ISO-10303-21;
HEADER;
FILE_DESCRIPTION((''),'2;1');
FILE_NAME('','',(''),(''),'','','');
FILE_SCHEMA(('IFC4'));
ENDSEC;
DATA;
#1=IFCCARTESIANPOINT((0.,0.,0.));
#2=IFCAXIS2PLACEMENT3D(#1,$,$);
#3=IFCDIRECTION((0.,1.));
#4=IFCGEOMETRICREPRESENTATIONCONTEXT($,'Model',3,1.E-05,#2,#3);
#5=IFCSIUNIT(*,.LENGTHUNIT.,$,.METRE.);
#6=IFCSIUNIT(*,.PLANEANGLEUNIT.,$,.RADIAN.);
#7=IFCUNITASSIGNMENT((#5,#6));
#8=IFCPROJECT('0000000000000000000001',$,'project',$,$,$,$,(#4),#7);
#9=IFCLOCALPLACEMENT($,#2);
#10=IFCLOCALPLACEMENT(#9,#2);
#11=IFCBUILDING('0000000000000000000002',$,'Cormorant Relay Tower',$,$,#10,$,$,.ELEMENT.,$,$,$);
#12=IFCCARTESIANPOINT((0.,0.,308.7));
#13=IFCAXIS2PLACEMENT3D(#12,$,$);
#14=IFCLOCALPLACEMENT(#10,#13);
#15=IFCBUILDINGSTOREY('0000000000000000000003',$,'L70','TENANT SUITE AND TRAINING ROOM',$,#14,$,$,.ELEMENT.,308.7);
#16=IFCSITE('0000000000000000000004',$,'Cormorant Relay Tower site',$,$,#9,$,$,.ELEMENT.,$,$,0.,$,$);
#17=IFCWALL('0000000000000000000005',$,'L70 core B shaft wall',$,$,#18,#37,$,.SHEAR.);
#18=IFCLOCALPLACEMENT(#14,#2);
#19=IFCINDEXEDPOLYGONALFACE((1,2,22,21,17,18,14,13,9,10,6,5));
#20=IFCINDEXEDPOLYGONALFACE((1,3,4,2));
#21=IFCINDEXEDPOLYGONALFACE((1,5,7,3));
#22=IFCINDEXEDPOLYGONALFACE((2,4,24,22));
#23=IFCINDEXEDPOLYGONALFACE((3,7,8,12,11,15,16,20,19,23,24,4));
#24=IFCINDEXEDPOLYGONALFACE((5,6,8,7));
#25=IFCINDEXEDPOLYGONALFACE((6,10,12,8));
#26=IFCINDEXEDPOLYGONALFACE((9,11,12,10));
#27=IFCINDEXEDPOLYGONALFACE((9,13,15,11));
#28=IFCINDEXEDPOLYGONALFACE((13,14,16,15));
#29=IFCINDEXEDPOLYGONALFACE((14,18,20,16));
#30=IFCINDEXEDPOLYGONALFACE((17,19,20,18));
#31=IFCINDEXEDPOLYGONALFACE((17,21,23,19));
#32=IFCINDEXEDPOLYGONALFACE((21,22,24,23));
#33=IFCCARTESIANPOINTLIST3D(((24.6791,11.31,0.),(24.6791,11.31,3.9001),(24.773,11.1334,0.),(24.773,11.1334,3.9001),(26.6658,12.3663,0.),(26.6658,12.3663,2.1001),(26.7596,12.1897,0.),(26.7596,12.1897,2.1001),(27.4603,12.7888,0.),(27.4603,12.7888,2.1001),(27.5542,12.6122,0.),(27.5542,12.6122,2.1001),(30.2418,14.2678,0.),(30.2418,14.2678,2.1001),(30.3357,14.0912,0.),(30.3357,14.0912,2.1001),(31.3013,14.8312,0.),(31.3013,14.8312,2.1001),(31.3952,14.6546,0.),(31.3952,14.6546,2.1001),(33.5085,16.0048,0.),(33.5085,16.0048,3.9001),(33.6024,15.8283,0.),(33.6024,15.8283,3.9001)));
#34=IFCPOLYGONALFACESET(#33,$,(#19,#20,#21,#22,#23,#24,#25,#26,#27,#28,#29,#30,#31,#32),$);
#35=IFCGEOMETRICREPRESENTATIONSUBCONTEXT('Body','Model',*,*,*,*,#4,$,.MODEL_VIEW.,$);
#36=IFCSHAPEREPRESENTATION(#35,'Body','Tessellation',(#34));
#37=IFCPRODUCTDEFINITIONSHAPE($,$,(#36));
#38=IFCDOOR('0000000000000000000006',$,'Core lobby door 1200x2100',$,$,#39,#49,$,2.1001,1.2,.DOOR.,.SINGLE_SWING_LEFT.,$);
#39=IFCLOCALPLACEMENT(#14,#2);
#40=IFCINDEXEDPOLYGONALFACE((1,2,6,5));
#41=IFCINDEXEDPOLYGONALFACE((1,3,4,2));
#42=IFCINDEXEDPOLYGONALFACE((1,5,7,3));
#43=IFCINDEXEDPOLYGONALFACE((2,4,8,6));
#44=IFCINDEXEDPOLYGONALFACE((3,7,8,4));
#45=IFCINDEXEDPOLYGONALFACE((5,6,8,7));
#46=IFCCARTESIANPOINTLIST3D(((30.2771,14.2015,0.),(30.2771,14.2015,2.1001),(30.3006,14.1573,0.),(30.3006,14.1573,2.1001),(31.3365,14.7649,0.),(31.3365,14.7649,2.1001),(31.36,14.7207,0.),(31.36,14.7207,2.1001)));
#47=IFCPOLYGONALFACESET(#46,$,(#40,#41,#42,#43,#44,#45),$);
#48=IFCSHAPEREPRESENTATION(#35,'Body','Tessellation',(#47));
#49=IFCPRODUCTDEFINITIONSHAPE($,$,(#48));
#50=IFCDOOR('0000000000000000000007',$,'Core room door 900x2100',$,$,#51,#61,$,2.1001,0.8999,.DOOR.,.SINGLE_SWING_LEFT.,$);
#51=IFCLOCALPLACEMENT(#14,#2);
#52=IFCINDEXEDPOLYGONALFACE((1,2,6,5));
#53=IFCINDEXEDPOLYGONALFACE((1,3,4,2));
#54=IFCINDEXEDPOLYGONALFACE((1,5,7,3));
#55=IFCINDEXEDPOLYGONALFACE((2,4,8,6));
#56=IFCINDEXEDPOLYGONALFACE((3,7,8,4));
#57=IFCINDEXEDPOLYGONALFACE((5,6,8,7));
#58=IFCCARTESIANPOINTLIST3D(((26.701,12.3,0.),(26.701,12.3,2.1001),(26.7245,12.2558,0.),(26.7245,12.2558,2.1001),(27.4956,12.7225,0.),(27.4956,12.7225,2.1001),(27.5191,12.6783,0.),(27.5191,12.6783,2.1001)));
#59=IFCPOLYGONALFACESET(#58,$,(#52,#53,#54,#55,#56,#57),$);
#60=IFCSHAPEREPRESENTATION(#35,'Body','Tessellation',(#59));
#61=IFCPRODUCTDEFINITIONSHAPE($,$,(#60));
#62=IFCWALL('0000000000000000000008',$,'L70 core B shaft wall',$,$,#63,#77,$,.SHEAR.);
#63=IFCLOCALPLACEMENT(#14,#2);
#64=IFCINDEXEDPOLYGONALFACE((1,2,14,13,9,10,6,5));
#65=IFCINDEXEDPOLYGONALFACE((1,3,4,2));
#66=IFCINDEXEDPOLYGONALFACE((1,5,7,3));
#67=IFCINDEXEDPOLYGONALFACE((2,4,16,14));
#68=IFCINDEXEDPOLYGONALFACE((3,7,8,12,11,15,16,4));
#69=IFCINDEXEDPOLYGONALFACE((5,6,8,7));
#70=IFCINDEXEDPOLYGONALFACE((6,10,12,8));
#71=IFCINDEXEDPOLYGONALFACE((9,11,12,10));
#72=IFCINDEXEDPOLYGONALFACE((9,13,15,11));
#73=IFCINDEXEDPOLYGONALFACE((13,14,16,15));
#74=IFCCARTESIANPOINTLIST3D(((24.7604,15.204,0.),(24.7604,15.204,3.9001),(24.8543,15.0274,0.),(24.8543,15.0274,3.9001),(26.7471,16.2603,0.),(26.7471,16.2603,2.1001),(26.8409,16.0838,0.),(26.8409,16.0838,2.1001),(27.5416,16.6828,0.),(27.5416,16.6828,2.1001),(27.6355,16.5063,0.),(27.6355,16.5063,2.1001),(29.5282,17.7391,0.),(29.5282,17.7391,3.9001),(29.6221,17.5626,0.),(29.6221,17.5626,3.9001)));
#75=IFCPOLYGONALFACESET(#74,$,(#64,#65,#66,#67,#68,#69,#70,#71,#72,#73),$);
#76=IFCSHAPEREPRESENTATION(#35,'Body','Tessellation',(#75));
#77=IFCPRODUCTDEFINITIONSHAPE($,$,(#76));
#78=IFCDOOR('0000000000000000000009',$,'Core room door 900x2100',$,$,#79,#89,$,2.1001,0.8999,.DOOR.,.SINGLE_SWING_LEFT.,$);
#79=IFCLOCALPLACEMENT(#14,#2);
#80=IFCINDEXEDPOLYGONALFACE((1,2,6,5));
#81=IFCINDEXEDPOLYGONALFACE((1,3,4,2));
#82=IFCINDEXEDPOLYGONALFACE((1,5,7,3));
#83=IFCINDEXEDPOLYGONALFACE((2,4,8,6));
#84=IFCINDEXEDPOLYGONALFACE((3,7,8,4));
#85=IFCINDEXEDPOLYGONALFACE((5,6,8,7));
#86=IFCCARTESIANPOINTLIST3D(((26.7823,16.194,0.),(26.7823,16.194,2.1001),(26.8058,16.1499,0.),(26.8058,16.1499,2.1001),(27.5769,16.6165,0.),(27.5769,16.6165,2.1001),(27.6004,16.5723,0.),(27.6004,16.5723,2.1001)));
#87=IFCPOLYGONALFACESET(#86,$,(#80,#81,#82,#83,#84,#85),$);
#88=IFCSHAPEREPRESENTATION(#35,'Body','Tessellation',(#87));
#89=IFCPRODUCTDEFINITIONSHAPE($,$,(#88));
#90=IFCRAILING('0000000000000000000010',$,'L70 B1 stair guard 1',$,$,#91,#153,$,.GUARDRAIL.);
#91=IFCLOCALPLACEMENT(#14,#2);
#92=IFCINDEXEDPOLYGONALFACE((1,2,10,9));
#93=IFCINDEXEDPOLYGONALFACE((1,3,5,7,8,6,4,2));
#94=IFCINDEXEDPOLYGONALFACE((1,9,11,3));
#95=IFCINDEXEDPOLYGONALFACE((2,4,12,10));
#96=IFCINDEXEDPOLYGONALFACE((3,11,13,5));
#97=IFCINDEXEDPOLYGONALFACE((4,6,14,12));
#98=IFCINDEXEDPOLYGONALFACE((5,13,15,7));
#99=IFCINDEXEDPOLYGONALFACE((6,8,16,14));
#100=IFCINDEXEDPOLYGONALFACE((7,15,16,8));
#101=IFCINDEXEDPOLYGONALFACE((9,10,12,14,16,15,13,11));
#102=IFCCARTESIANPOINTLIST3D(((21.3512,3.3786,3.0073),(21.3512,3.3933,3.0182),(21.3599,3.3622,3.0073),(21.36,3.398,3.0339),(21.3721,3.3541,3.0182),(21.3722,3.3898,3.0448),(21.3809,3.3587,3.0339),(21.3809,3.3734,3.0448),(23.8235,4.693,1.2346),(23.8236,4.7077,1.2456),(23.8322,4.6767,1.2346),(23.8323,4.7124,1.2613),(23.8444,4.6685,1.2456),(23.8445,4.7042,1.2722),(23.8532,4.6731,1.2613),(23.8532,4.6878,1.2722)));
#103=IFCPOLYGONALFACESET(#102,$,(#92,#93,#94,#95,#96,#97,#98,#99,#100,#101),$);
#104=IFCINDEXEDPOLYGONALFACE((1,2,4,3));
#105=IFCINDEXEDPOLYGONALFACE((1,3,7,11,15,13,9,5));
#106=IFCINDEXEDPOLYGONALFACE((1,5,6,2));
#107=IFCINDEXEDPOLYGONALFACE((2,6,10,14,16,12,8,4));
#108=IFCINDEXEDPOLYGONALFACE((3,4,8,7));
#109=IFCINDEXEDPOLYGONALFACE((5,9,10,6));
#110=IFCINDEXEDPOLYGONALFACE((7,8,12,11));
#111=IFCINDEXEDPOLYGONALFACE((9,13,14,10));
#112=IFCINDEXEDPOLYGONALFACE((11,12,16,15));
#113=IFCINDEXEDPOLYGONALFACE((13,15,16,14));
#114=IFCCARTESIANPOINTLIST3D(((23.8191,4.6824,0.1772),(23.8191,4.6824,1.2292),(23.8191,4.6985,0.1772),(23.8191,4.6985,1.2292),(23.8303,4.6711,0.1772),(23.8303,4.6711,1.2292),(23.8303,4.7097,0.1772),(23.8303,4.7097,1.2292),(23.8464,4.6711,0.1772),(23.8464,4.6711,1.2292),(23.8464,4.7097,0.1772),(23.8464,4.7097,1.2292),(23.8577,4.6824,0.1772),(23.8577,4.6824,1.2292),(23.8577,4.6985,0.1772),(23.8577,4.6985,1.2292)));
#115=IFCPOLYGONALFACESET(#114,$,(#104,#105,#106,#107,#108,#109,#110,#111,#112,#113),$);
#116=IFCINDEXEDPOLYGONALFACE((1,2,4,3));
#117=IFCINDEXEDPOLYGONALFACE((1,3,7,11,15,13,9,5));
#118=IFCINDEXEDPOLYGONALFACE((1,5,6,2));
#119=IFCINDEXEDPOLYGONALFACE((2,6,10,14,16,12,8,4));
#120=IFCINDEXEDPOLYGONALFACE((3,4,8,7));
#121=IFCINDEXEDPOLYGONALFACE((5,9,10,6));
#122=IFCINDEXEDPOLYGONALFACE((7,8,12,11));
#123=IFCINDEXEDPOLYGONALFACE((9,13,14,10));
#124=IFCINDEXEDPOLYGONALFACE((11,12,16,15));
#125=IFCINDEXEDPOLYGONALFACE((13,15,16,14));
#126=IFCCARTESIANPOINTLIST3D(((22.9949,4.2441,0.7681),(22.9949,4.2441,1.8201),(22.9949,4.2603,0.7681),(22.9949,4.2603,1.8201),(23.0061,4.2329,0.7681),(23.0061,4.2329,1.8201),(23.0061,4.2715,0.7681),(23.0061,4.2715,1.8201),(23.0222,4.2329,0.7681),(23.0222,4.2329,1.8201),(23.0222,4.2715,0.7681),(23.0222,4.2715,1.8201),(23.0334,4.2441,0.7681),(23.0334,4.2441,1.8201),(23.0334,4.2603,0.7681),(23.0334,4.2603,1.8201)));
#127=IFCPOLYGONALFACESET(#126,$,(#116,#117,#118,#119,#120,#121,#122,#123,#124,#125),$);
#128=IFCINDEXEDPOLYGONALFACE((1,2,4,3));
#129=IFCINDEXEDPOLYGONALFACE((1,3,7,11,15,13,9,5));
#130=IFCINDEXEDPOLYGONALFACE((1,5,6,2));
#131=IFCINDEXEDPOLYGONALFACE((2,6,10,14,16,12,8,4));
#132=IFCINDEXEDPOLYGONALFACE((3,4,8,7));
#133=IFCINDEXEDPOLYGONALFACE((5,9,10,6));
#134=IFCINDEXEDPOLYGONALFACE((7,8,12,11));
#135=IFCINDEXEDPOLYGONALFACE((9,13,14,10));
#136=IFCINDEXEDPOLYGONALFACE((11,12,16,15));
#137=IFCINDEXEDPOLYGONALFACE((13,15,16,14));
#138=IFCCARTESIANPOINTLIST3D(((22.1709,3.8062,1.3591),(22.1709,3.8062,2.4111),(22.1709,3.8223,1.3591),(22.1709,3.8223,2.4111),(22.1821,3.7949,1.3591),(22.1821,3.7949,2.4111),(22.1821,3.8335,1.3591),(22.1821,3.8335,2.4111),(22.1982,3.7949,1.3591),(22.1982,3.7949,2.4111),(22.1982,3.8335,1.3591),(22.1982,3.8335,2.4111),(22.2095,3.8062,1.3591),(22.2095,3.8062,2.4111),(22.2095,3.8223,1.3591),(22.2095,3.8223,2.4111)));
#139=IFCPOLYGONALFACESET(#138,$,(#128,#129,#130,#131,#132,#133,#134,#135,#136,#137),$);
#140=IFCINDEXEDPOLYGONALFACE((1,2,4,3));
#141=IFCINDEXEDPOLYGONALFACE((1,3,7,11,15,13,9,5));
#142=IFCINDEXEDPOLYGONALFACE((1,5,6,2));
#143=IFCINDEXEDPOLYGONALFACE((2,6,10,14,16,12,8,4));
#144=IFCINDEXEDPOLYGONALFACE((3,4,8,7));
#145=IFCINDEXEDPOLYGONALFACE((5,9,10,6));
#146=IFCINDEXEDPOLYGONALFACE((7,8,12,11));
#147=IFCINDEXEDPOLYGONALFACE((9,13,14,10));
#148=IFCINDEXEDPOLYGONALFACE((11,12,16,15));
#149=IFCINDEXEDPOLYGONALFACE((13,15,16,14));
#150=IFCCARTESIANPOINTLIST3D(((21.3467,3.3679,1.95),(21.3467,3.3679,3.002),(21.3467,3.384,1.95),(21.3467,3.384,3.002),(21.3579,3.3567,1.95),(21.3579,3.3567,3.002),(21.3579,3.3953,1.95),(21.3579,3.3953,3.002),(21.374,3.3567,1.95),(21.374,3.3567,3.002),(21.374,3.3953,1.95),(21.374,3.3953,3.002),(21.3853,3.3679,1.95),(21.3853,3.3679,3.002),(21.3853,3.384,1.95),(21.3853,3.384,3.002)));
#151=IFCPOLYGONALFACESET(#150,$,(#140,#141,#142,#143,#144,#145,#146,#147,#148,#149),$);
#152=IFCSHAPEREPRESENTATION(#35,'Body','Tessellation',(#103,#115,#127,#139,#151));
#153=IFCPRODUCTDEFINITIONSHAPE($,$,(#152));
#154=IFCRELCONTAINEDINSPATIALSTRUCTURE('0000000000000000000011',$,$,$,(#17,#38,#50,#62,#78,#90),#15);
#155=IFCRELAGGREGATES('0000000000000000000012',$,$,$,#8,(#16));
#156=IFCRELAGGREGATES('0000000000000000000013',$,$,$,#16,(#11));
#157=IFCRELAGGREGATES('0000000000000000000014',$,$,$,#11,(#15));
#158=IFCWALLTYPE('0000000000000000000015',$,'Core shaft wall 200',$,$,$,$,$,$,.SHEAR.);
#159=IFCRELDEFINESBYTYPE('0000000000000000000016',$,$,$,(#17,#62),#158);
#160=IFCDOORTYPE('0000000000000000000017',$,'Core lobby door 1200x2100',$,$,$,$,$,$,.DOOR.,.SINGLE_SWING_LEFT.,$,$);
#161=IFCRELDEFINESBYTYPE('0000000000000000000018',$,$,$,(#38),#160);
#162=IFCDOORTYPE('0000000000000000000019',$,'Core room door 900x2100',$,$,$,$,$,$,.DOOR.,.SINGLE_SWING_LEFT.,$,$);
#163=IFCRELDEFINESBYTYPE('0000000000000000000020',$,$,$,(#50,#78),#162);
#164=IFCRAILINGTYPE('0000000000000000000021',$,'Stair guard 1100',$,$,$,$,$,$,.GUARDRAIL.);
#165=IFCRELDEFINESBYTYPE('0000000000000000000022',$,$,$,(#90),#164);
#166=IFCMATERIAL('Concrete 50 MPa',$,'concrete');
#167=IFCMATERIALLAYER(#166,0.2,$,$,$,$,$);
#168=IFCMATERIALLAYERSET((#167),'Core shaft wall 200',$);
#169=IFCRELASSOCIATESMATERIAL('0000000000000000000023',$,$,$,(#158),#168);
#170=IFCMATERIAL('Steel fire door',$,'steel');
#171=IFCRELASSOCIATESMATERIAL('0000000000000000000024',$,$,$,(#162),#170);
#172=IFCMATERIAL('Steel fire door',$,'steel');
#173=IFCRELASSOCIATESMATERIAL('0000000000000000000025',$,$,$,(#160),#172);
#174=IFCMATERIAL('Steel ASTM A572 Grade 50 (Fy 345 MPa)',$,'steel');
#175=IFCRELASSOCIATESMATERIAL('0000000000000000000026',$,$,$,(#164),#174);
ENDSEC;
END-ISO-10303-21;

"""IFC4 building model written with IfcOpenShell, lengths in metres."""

from ifc_helpers import new_model, si_unit, direction, frame, frame_2d, origin, place, context, subcontext, project, spatial, polyline, rectangle, outline, extrude, material, layer, layer_set, type_object, element, fill, save


model = new_model("IFC4")

# Units and contexts
model_context = context("Model", 3, precision=1e-05, world=origin(), true_north=direction((0.0, 1.0)))
body_context = subcontext(model_context, "Body", "Model", "MODEL_VIEW")
ifc_project = project(units=[si_unit("LENGTHUNIT", "METRE"), si_unit("PLANEANGLEUNIT", "RADIAN")], contexts=[model_context])

# Site, building, storey
site_placement = place(None, origin())
site = spatial("IfcSite", under=ifc_project, at=site_placement, Name="Cormorant Relay Tower site", CompositionType="ELEMENT", RefElevation=0.0)
building_placement = place(site_placement, origin())
building = spatial("IfcBuilding", under=site, at=building_placement, Name="Cormorant Relay Tower", CompositionType="ELEMENT")
storey_placement = place(building_placement, frame((0.0, 0.0, 308.7)))
storey = spatial("IfcBuildingStorey", under=building, at=storey_placement, Name="L70", Description="TENANT SUITE AND TRAINING ROOM", CompositionType="ELEMENT", Elevation=308.7)

# Shared definitions
ifc_material_1 = material(Name="Concrete 50 MPa", Category="concrete")
ifc_layer_1 = layer(ifc_material_1, 0.2)
ifc_layer_set_1 = layer_set([ifc_layer_1], Name="Core shaft wall 200")
wall_type_1 = type_object("IfcWallType", Name="Core shaft wall 200", PredefinedType="SHEAR", material=ifc_layer_set_1)
ifc_material_2 = material(Name="Steel fire door", Category="steel")
door_type_1 = type_object("IfcDoorType", Name="Core room door 900x2100", OperationType="SINGLE_SWING_LEFT", PredefinedType="DOOR", material=ifc_material_2)

# Wall, openings, doors
wall_1_placement = place(storey_placement, frame((24.7261, 11.2217, 0.0), z_axis=(0.0, 0.0, 1.0), x_axis=(0.88294, 0.469485, 0.0)))
wall_1 = element("IfcWall", 1, at=wall_1_placement, inside=storey, type_object=wall_type_1, Name="L70 core B shaft wall", PredefinedType="SHEAR", context=body_context, shape_type="SweptSolid", body=[
    extrude(rectangle(XDim=10.0, YDim=0.2, at=frame_2d((5.0, 0.0))), origin(), (0.0, 0.0, 1.0), 3.9001),
])
opening_1_placement = place(wall_1_placement, frame((6.3, 0.0, 0.0)))
opening_1 = element("IfcOpeningElement", 2, at=opening_1_placement, cuts=wall_1, PredefinedType="OPENING", context=body_context, shape_type="SweptSolid", body=[
    extrude(rectangle(XDim=1.2, YDim=2.1001, at=frame_2d((0.6001, 1.05))), frame((0.0, 0.1099, 0.0), z_axis=(0.0, -1.0, 0.0), x_axis=(1.0, 0.0, 0.0)), (0.0, 0.0, 1.0), 0.22),
])
opening_2_placement = place(wall_1_placement, frame((2.25, 0.0, 0.0)))
opening_2 = element("IfcOpeningElement", 3, at=opening_2_placement, cuts=wall_1, PredefinedType="OPENING", context=body_context, shape_type="SweptSolid", body=[
    extrude(rectangle(XDim=0.8999, YDim=2.1001, at=frame_2d((0.45, 1.05))), frame((0.0, 0.1099, 0.0), z_axis=(0.0, -1.0, 0.0), x_axis=(1.0, 0.0, 0.0)), (0.0, 0.0, 1.0), 0.22),
])
ifc_material_3 = material(Name="Steel fire door", Category="steel")
door_type_2 = type_object("IfcDoorType", Name="Core lobby door 1200x2100", OperationType="SINGLE_SWING_LEFT", PredefinedType="DOOR", material=ifc_material_3)
door_1_placement = place(opening_1_placement, origin())
door_1 = element("IfcDoor", 4, at=door_1_placement, inside=storey, type_object=door_type_2, Name="Core lobby door 1200x2100", OperationType="SINGLE_SWING_LEFT", OverallHeight=2.1001, OverallWidth=1.2, PredefinedType="DOOR", context=body_context, shape_type="SweptSolid", body=[
    extrude(rectangle(XDim=1.2, YDim=2.1001, at=frame_2d((0.6001, 1.05))), frame((0.0, 0.0249, 0.0), z_axis=(0.0, -1.0, 0.0), x_axis=(1.0, 0.0, 0.0)), (0.0, 0.0, 1.0), 0.05),
])
fill(opening_1, door_1)
door_2_placement = place(opening_2_placement, origin())
door_2 = element("IfcDoor", 5, at=door_2_placement, inside=storey, type_object=door_type_1, Name="Core room door 900x2100", OperationType="SINGLE_SWING_LEFT", OverallHeight=2.1001, OverallWidth=0.8999, PredefinedType="DOOR", context=body_context, shape_type="SweptSolid", body=[
    extrude(rectangle(XDim=0.8999, YDim=2.1001, at=frame_2d((0.45, 1.05))), frame((0.0, 0.0249, 0.0), z_axis=(0.0, -1.0, 0.0), x_axis=(1.0, 0.0, 0.0)), (0.0, 0.0, 1.0), 0.05),
])
fill(opening_2, door_2)

# Wall, opening, door
wall_2_placement = place(storey_placement, frame((24.8074, 15.1157, 0.0), z_axis=(0.0, 0.0, 1.0), x_axis=(0.882943, 0.46948, 0.0)))
wall_2 = element("IfcWall", 6, at=wall_2_placement, inside=storey, type_object=wall_type_1, Name="L70 core B shaft wall", PredefinedType="SHEAR", context=body_context, shape_type="SweptSolid", body=[
    extrude(rectangle(XDim=5.3999, YDim=0.2, at=frame_2d((2.7, 0.0))), origin(), (0.0, 0.0, 1.0), 3.9001),
])
opening_3_placement = place(wall_2_placement, frame((2.25, 0.0, 0.0)))
opening_3 = element("IfcOpeningElement", 7, at=opening_3_placement, cuts=wall_2, PredefinedType="OPENING", context=body_context, shape_type="SweptSolid", body=[
    extrude(rectangle(XDim=0.8999, YDim=2.1001, at=frame_2d((0.45, 1.05))), frame((0.0, 0.1099, 0.0), z_axis=(0.0, -1.0, 0.0), x_axis=(1.0, 0.0, 0.0)), (0.0, 0.0, 1.0), 0.22),
])
door_3_placement = place(opening_3_placement, origin())
door_3 = element("IfcDoor", 8, at=door_3_placement, inside=storey, type_object=door_type_1, Name="Core room door 900x2100", OperationType="SINGLE_SWING_LEFT", OverallHeight=2.1001, OverallWidth=0.8999, PredefinedType="DOOR", context=body_context, shape_type="SweptSolid", body=[
    extrude(rectangle(XDim=0.8999, YDim=2.1001, at=frame_2d((0.45, 1.05))), frame((0.0, 0.0249, 0.0), z_axis=(0.0, -1.0, 0.0), x_axis=(1.0, 0.0, 0.0)), (0.0, 0.0, 1.0), 0.05),
])
fill(opening_3, door_3)

# Railing
ifc_material_4 = material(Name="Steel ASTM A572 Grade 50 (Fy 345 MPa)", Category="steel")
railing_type = type_object("IfcRailingType", Name="Stair guard 1100", PredefinedType="GUARDRAIL", material=ifc_material_4)
railing_1_placement = place(storey_placement, frame((23.8384, 4.6904, 0.1772)))
element("IfcRailing", 9, at=railing_1_placement, inside=storey, type_object=railing_type, Name="L70 B1 stair guard 1", PredefinedType="GUARDRAIL", context=body_context, shape_type="SweptSolid", body=[
    extrude(outline(polyline([(0.0222, 0.0093), (0.0093, 0.0222), (-0.0093, 0.0222), (-0.0222, 0.0093), (-0.0222, -0.0093), (-0.0093, -0.0222), (0.0093, -0.0222), (0.0222, -0.0093), (0.0222, 0.0093)])), frame((0.0, 0.0, 1.0762), z_axis=(-0.746034, -0.396627, 0.534902), x_axis=(0.469429, -0.88297, 0.0)), (0.0, 0.0, 1.0), 3.314),
    extrude(outline(polyline([(0.0193, 0.0081), (0.0081, 0.0193), (-0.0081, 0.0193), (-0.0193, 0.0081), (-0.0193, -0.0081), (-0.0081, -0.0193), (0.0081, -0.0193), (0.0193, -0.0081), (0.0193, 0.0081)])), origin(), (0.0, 0.0, 1.0), 1.052),
    extrude(outline(polyline([(0.0193, 0.0081), (0.0081, 0.0193), (-0.0081, 0.0193), (-0.0193, 0.0081), (-0.0193, -0.0081), (-0.0081, -0.0193), (0.0081, -0.0193), (0.0193, -0.0081), (0.0193, 0.0081)])), frame((-0.8242, -0.4382, 0.5908)), (0.0, 0.0, 1.0), 1.052),
    extrude(outline(polyline([(0.0193, 0.0081), (0.0081, 0.0193), (-0.0081, 0.0193), (-0.0193, 0.0081), (-0.0193, -0.0081), (-0.0081, -0.0193), (0.0081, -0.0193), (0.0193, -0.0081), (0.0193, 0.0081)])), frame((-1.6482, -0.8762, 1.1819)), (0.0, 0.0, 1.0), 1.052),
    extrude(outline(polyline([(0.0193, 0.0081), (0.0081, 0.0193), (-0.0081, 0.0193), (-0.0193, 0.0081), (-0.0193, -0.0081), (-0.0081, -0.0193), (0.0081, -0.0193), (0.0193, -0.0081), (0.0193, 0.0081)])), frame((-2.4724, -1.3145, 1.7727)), (0.0, 0.0, 1.0), 1.052),
])

save(model, "model.ifc")
